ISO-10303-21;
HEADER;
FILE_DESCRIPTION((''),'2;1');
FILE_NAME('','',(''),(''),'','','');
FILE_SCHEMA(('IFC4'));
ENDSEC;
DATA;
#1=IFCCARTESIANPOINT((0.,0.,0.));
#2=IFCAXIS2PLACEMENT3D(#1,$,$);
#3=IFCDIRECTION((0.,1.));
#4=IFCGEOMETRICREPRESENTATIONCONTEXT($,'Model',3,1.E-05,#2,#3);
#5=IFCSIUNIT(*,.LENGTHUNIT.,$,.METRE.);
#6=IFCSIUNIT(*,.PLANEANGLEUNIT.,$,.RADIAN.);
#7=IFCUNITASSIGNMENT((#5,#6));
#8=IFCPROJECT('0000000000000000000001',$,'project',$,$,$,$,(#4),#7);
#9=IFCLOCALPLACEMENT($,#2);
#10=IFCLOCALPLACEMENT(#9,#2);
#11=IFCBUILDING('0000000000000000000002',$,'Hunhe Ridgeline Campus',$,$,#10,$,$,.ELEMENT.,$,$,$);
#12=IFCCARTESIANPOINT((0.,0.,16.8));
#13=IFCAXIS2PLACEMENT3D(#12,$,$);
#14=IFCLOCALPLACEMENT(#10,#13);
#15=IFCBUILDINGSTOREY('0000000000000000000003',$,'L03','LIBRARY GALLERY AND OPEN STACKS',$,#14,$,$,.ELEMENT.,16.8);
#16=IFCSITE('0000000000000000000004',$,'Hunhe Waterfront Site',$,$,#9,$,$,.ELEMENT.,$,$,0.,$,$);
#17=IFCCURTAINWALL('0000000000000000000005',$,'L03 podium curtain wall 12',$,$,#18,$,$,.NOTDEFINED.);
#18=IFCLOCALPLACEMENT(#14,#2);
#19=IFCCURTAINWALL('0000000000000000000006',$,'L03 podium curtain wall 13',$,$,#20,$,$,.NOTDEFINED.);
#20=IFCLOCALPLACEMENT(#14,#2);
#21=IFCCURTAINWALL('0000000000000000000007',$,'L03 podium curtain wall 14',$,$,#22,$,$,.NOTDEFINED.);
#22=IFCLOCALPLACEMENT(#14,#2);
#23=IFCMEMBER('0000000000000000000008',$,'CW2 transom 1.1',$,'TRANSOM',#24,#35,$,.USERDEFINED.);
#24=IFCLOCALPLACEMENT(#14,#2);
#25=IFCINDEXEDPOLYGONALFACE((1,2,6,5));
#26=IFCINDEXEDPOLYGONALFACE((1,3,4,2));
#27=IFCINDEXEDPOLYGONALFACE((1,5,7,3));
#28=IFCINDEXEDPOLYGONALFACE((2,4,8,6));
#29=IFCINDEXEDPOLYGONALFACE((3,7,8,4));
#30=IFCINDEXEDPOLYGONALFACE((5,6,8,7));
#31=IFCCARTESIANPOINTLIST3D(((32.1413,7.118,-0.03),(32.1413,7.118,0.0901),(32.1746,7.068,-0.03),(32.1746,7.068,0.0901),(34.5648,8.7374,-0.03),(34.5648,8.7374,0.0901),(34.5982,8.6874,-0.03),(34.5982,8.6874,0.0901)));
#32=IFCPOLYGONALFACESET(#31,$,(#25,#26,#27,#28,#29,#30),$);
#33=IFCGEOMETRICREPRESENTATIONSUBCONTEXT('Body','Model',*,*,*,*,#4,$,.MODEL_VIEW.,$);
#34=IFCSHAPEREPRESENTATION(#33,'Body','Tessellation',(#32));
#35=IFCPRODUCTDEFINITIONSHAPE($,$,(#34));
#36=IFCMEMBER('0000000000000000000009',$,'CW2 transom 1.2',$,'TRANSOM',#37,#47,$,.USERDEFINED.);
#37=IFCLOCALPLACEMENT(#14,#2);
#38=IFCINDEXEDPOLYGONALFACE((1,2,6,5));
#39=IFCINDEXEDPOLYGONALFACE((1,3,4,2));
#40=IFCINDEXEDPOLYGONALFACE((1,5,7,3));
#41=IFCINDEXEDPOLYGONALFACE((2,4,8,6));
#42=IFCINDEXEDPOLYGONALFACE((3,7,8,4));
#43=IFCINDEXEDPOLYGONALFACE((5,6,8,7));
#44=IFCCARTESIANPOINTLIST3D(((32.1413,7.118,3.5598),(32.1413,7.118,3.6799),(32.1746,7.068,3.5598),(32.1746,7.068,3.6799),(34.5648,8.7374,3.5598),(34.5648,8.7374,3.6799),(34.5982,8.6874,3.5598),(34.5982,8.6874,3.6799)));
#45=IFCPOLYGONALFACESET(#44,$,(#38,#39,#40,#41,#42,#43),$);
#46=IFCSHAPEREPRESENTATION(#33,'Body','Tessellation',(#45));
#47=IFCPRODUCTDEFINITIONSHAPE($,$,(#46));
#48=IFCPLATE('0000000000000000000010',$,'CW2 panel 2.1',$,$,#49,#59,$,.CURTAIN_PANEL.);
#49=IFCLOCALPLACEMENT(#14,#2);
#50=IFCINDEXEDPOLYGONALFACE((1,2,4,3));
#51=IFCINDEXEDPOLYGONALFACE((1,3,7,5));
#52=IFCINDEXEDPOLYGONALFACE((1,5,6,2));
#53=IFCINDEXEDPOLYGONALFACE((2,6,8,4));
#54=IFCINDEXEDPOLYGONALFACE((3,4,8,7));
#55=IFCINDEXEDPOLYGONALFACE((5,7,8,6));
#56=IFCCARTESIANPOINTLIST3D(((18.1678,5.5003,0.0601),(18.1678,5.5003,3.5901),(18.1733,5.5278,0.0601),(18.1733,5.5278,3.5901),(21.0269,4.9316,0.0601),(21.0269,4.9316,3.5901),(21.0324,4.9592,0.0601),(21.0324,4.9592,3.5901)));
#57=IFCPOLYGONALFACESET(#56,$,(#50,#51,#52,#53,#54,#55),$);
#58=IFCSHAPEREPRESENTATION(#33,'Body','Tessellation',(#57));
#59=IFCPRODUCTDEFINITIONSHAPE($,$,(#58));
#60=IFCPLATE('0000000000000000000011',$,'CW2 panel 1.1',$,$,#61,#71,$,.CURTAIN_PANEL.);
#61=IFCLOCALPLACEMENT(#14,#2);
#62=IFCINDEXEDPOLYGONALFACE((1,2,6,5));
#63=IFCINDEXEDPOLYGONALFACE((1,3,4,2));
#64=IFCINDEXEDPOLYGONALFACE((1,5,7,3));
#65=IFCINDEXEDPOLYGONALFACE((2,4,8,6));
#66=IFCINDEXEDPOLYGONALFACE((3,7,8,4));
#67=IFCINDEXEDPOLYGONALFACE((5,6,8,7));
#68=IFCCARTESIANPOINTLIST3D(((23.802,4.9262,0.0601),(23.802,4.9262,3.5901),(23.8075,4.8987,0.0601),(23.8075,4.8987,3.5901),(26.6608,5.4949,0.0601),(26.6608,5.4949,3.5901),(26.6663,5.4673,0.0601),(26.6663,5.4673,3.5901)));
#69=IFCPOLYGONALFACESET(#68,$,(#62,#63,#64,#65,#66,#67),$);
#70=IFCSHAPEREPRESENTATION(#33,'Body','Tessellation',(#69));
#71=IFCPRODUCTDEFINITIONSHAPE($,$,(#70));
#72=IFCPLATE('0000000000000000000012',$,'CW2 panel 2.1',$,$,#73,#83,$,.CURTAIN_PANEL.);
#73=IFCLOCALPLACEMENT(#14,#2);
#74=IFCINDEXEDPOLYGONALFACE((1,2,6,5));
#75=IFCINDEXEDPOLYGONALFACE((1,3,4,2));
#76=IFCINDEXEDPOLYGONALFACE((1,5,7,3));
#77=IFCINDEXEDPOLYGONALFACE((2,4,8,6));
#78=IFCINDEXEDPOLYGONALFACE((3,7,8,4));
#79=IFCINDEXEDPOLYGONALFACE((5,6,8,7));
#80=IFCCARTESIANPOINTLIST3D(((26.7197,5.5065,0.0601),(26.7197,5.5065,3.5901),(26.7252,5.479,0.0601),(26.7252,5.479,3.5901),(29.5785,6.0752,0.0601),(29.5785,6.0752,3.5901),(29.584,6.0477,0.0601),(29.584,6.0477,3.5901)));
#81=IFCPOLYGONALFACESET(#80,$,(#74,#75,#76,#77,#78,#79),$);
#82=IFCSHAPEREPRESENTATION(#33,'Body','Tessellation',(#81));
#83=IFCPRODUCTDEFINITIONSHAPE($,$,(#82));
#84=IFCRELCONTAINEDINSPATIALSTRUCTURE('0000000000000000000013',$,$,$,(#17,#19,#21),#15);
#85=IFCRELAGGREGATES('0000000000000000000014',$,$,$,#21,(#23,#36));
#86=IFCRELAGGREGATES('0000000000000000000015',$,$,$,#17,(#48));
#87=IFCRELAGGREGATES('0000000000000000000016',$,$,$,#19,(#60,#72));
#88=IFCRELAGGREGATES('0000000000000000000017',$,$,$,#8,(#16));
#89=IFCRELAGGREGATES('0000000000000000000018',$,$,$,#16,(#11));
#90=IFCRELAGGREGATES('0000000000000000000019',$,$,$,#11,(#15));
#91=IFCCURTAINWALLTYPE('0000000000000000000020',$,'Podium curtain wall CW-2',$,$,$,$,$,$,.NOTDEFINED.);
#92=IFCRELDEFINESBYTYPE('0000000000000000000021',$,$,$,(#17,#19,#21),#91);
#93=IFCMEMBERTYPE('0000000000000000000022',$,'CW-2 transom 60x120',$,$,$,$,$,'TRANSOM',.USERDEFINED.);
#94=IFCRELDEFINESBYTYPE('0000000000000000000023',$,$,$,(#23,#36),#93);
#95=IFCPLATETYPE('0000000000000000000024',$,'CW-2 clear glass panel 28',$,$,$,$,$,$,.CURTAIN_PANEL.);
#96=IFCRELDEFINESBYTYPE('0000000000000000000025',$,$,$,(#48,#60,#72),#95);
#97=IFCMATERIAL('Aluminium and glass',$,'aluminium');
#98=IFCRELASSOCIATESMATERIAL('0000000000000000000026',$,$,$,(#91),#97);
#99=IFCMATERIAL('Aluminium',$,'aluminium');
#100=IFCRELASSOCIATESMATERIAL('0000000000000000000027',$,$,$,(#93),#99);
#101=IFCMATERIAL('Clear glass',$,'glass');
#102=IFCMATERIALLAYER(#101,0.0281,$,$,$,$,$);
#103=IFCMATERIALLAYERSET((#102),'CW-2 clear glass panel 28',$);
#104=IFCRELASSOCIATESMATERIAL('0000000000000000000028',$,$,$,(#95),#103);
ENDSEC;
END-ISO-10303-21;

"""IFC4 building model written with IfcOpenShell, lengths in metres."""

from ifc_helpers import new_model, si_unit, direction, frame, origin, origin_2d, place, context, subcontext, project, spatial, rectangle, extrude, material, layer, layer_set, material_profile, profile_set, type_object, element, aggregate, save


model = new_model("IFC4")

# Units and contexts
model_context = context("Model", 3, precision=1e-05, world=origin(), true_north=direction((0.0, 1.0)))
body_context = subcontext(model_context, "Body", "Model", "MODEL_VIEW")
ifc_project = project(units=[si_unit("LENGTHUNIT", "METRE"), si_unit("PLANEANGLEUNIT", "RADIAN")], contexts=[model_context])

# Site, building, storey
site_placement = place(None, origin())
site = spatial("IfcSite", under=ifc_project, at=site_placement, Name="Hunhe Waterfront Site", CompositionType="ELEMENT", RefElevation=0.0)
building_placement = place(site_placement, origin())
building = spatial("IfcBuilding", under=site, at=building_placement, Name="Hunhe Ridgeline Campus", CompositionType="ELEMENT")
storey_placement = place(building_placement, frame((0.0, 0.0, 16.8)))
storey = spatial("IfcBuildingStorey", under=building, at=storey_placement, Name="L03", Description="LIBRARY GALLERY AND OPEN STACKS", CompositionType="ELEMENT", Elevation=16.8)

# Curtain walls
ifc_material_1 = material(Name="Aluminium and glass", Category="aluminium")
curtain_wall_type = type_object("IfcCurtainWallType", Name="Podium curtain wall CW-2", PredefinedType="NOTDEFINED", material=ifc_material_1)
curtain_wall_1_placement = place(storey_placement, origin())
curtain_wall_1 = element("IfcCurtainWall", 1, at=curtain_wall_1_placement, inside=storey, type_object=curtain_wall_type, Name="L03 podium curtain wall 12", PredefinedType="NOTDEFINED")
ifc_material_2 = material(Name="Aluminium", Category="aluminium")
curtain_wall_2_placement = place(storey_placement, origin())
curtain_wall_2 = element("IfcCurtainWall", 2, at=curtain_wall_2_placement, inside=storey, type_object=curtain_wall_type, Name="L03 podium curtain wall 13", PredefinedType="NOTDEFINED")

# Curtain wall
curtain_wall_3_placement = place(storey_placement, origin())
curtain_wall_3 = element("IfcCurtainWall", 3, at=curtain_wall_3_placement, inside=storey, type_object=curtain_wall_type, Name="L03 podium curtain wall 14", PredefinedType="NOTDEFINED")

# Members
ifc_material_profile_1 = material_profile(ifc_material_2, rectangle(XDim=0.0601, YDim=0.1201, at=origin_2d()))
ifc_profile_set_1 = profile_set([ifc_material_profile_1], Name="Aluminium")
member_type_1 = type_object("IfcMemberType", Name="CW-2 transom 60x120", ElementType="TRANSOM", PredefinedType="USERDEFINED", material=ifc_profile_set_1)
member_1_placement = place(storey_placement, frame((32.158, 7.093, 0.03), z_axis=(0.83147, 0.55557, 0.0), x_axis=(-0.55557, 0.83147, 0.0)))
member_1 = element("IfcMember", 4, at=member_1_placement, type_object=member_type_1, Name="CW2 transom 1.1", ObjectType="TRANSOM", PredefinedType="USERDEFINED", context=body_context, shape_type="SweptSolid", body=[
    extrude(rectangle(XDim=0.0601, YDim=0.1201, at=origin_2d()), origin(), (0.0, 0.0, 1.0), 2.9148),
])
member_2_placement = place(storey_placement, frame((32.158, 7.093, 3.6199), z_axis=(0.83147, 0.55557, 0.0), x_axis=(-0.55557, 0.83147, 0.0)))
member_2 = element("IfcMember", 5, at=member_2_placement, type_object=member_type_1, Name="CW2 transom 1.2", ObjectType="TRANSOM", PredefinedType="USERDEFINED", context=body_context, shape_type="SweptSolid", body=[
    extrude(rectangle(XDim=0.0601, YDim=0.1201, at=origin_2d()), origin(), (0.0, 0.0, 1.0), 2.9148),
])
aggregate(curtain_wall_3, [member_1, member_2])

# Plates
ifc_material_3 = material(Name="Clear glass", Category="glass")
ifc_layer = layer(ifc_material_3, 0.0281)
ifc_layer_set = layer_set([ifc_layer], Name="CW-2 clear glass panel 28")
plate_type = type_object("IfcPlateType", Name="CW-2 clear glass panel 28", PredefinedType="CURTAIN_PANEL", material=ifc_layer_set)
plate_1_placement = place(storey_placement, frame((19.6001, 5.2297, 0.0601), z_axis=(0.0, 0.0, 1.0), x_axis=(0.980787, -0.195079, 0.0)))
plate_1 = element("IfcPlate", 6, at=plate_1_placement, type_object=plate_type, Name="CW2 panel 2.1", PredefinedType="CURTAIN_PANEL", context=body_context, shape_type="SweptSolid", body=[
    extrude(rectangle(XDim=2.915, YDim=0.0281, at=origin_2d()), origin(), (0.0, 0.0, 1.0), 3.53),
])
aggregate(curtain_wall_1, [plate_1])
plate_2_placement = place(storey_placement, frame((25.2341, 5.1968, 0.0601), z_axis=(0.0, 0.0, 1.0), x_axis=(0.980784, 0.195098, 0.0)))
plate_2 = element("IfcPlate", 7, at=plate_2_placement, type_object=plate_type, Name="CW2 panel 1.1", PredefinedType="CURTAIN_PANEL", context=body_context, shape_type="SweptSolid", body=[
    extrude(rectangle(XDim=2.9148, YDim=0.0281, at=origin_2d()), origin(), (0.0, 0.0, 1.0), 3.53),
])
plate_3_placement = place(storey_placement, frame((28.1519, 5.7771, 0.0601), z_axis=(0.0, 0.0, 1.0), x_axis=(0.980784, 0.195098, 0.0)))
plate_3 = element("IfcPlate", 8, at=plate_3_placement, type_object=plate_type, Name="CW2 panel 2.1", PredefinedType="CURTAIN_PANEL", context=body_context, shape_type="SweptSolid", body=[
    extrude(rectangle(XDim=2.9148, YDim=0.0281, at=origin_2d()), origin(), (0.0, 0.0, 1.0), 3.53),
])
aggregate(curtain_wall_2, [plate_2, plate_3])

save(model, "model.ifc")
